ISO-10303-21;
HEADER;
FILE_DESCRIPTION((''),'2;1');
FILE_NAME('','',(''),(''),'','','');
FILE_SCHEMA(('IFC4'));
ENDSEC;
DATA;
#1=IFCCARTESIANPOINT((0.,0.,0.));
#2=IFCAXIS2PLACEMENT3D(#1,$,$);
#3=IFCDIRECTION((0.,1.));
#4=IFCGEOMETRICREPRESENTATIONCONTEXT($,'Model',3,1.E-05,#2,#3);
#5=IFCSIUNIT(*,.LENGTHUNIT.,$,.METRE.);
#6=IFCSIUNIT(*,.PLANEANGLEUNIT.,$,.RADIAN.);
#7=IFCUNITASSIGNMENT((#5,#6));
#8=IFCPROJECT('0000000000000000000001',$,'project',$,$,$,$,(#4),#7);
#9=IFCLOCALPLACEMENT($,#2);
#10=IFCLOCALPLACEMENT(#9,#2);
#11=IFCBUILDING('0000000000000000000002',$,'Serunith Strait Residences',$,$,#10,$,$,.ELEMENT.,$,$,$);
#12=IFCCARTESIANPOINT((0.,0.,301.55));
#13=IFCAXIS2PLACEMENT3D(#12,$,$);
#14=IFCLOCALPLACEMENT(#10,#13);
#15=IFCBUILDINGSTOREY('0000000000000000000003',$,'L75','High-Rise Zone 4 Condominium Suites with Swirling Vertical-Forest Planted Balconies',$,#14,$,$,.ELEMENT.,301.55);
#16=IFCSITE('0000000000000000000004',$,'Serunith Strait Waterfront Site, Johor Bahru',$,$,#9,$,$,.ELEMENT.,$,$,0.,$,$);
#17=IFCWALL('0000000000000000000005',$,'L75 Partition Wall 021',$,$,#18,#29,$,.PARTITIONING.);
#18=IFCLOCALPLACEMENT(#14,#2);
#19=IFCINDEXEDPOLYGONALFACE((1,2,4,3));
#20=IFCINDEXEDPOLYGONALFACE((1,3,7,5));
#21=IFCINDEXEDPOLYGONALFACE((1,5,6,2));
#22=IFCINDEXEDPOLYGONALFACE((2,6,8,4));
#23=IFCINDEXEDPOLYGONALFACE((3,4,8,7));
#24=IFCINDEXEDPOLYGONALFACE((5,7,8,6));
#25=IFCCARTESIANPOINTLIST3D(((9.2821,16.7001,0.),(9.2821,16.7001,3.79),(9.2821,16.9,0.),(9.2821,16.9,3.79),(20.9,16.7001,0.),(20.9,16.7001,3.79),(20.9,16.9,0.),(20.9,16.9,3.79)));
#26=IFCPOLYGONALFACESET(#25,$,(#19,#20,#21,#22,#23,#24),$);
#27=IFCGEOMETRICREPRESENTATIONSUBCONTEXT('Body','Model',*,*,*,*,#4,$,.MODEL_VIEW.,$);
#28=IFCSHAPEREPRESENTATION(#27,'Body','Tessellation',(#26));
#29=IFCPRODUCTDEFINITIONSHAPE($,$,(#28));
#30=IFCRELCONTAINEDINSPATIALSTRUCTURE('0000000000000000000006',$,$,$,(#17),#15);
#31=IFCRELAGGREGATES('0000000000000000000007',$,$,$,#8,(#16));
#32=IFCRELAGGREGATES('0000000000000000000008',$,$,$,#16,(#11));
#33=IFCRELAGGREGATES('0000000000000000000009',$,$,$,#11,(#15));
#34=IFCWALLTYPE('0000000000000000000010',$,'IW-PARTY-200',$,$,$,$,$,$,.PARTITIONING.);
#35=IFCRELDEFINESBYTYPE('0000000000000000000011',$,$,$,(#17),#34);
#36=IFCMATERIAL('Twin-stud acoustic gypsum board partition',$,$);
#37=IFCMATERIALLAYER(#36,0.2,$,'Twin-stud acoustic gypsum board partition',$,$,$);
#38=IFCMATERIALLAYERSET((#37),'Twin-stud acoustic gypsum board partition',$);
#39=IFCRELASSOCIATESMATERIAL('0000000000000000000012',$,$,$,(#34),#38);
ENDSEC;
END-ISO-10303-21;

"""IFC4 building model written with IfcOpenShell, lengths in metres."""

from ifc_helpers import new_model, si_unit, direction, frame, frame_2d, origin, place, context, subcontext, project, spatial, rectangle, extrude, material, layer, layer_set, type_object, element, save


model = new_model("IFC4")

# Units and contexts
model_context = context("Model", 3, precision=1e-05, world=origin(), true_north=direction((0.0, 1.0)))
body_context = subcontext(model_context, "Body", "Model", "MODEL_VIEW")
ifc_project = project(units=[si_unit("LENGTHUNIT", "METRE"), si_unit("PLANEANGLEUNIT", "RADIAN")], contexts=[model_context])

# Site, building, storey
site_placement = place(None, origin())
site = spatial("IfcSite", under=ifc_project, at=site_placement, Name="Serunith Strait Waterfront Site, Johor Bahru", CompositionType="ELEMENT", RefElevation=0.0)
building_placement = place(site_placement, origin())
building = spatial("IfcBuilding", under=site, at=building_placement, Name="Serunith Strait Residences", CompositionType="ELEMENT")
storey_placement = place(building_placement, frame((0.0, 0.0, 301.55)))
storey = spatial("IfcBuildingStorey", under=building, at=storey_placement, Name="L75", Description="High-Rise Zone 4 Condominium Suites with Swirling Vertical-Forest Planted Balconies", CompositionType="ELEMENT", Elevation=301.55)

# Wall
ifc_material_1 = material(Name="Twin-stud acoustic gypsum board partition")
ifc_layer_1 = layer(ifc_material_1, 0.2, Name="Twin-stud acoustic gypsum board partition")
ifc_layer_set_1 = layer_set([ifc_layer_1], Name="Twin-stud acoustic gypsum board partition")
wall_type_1 = type_object("IfcWallType", Name="IW-PARTY-200", PredefinedType="PARTITIONING", material=ifc_layer_set_1)
wall_1_placement = place(storey_placement, frame((9.282, 16.8, 0.0), z_axis=(0.0, 0.0, 1.0), x_axis=(1.0, 0.0, 0.0)))
element("IfcWall", 1, at=wall_1_placement, inside=storey, type_object=wall_type_1, Name="L75 Partition Wall 021", PredefinedType="PARTITIONING", context=body_context, shape_type="SweptSolid", body=[
    extrude(rectangle(XDim=11.6179, YDim=0.2, at=frame_2d((5.8091, 0.0))), origin(), (0.0, 0.0, 1.0), 3.79),
])

save(model, "model.ifc")
